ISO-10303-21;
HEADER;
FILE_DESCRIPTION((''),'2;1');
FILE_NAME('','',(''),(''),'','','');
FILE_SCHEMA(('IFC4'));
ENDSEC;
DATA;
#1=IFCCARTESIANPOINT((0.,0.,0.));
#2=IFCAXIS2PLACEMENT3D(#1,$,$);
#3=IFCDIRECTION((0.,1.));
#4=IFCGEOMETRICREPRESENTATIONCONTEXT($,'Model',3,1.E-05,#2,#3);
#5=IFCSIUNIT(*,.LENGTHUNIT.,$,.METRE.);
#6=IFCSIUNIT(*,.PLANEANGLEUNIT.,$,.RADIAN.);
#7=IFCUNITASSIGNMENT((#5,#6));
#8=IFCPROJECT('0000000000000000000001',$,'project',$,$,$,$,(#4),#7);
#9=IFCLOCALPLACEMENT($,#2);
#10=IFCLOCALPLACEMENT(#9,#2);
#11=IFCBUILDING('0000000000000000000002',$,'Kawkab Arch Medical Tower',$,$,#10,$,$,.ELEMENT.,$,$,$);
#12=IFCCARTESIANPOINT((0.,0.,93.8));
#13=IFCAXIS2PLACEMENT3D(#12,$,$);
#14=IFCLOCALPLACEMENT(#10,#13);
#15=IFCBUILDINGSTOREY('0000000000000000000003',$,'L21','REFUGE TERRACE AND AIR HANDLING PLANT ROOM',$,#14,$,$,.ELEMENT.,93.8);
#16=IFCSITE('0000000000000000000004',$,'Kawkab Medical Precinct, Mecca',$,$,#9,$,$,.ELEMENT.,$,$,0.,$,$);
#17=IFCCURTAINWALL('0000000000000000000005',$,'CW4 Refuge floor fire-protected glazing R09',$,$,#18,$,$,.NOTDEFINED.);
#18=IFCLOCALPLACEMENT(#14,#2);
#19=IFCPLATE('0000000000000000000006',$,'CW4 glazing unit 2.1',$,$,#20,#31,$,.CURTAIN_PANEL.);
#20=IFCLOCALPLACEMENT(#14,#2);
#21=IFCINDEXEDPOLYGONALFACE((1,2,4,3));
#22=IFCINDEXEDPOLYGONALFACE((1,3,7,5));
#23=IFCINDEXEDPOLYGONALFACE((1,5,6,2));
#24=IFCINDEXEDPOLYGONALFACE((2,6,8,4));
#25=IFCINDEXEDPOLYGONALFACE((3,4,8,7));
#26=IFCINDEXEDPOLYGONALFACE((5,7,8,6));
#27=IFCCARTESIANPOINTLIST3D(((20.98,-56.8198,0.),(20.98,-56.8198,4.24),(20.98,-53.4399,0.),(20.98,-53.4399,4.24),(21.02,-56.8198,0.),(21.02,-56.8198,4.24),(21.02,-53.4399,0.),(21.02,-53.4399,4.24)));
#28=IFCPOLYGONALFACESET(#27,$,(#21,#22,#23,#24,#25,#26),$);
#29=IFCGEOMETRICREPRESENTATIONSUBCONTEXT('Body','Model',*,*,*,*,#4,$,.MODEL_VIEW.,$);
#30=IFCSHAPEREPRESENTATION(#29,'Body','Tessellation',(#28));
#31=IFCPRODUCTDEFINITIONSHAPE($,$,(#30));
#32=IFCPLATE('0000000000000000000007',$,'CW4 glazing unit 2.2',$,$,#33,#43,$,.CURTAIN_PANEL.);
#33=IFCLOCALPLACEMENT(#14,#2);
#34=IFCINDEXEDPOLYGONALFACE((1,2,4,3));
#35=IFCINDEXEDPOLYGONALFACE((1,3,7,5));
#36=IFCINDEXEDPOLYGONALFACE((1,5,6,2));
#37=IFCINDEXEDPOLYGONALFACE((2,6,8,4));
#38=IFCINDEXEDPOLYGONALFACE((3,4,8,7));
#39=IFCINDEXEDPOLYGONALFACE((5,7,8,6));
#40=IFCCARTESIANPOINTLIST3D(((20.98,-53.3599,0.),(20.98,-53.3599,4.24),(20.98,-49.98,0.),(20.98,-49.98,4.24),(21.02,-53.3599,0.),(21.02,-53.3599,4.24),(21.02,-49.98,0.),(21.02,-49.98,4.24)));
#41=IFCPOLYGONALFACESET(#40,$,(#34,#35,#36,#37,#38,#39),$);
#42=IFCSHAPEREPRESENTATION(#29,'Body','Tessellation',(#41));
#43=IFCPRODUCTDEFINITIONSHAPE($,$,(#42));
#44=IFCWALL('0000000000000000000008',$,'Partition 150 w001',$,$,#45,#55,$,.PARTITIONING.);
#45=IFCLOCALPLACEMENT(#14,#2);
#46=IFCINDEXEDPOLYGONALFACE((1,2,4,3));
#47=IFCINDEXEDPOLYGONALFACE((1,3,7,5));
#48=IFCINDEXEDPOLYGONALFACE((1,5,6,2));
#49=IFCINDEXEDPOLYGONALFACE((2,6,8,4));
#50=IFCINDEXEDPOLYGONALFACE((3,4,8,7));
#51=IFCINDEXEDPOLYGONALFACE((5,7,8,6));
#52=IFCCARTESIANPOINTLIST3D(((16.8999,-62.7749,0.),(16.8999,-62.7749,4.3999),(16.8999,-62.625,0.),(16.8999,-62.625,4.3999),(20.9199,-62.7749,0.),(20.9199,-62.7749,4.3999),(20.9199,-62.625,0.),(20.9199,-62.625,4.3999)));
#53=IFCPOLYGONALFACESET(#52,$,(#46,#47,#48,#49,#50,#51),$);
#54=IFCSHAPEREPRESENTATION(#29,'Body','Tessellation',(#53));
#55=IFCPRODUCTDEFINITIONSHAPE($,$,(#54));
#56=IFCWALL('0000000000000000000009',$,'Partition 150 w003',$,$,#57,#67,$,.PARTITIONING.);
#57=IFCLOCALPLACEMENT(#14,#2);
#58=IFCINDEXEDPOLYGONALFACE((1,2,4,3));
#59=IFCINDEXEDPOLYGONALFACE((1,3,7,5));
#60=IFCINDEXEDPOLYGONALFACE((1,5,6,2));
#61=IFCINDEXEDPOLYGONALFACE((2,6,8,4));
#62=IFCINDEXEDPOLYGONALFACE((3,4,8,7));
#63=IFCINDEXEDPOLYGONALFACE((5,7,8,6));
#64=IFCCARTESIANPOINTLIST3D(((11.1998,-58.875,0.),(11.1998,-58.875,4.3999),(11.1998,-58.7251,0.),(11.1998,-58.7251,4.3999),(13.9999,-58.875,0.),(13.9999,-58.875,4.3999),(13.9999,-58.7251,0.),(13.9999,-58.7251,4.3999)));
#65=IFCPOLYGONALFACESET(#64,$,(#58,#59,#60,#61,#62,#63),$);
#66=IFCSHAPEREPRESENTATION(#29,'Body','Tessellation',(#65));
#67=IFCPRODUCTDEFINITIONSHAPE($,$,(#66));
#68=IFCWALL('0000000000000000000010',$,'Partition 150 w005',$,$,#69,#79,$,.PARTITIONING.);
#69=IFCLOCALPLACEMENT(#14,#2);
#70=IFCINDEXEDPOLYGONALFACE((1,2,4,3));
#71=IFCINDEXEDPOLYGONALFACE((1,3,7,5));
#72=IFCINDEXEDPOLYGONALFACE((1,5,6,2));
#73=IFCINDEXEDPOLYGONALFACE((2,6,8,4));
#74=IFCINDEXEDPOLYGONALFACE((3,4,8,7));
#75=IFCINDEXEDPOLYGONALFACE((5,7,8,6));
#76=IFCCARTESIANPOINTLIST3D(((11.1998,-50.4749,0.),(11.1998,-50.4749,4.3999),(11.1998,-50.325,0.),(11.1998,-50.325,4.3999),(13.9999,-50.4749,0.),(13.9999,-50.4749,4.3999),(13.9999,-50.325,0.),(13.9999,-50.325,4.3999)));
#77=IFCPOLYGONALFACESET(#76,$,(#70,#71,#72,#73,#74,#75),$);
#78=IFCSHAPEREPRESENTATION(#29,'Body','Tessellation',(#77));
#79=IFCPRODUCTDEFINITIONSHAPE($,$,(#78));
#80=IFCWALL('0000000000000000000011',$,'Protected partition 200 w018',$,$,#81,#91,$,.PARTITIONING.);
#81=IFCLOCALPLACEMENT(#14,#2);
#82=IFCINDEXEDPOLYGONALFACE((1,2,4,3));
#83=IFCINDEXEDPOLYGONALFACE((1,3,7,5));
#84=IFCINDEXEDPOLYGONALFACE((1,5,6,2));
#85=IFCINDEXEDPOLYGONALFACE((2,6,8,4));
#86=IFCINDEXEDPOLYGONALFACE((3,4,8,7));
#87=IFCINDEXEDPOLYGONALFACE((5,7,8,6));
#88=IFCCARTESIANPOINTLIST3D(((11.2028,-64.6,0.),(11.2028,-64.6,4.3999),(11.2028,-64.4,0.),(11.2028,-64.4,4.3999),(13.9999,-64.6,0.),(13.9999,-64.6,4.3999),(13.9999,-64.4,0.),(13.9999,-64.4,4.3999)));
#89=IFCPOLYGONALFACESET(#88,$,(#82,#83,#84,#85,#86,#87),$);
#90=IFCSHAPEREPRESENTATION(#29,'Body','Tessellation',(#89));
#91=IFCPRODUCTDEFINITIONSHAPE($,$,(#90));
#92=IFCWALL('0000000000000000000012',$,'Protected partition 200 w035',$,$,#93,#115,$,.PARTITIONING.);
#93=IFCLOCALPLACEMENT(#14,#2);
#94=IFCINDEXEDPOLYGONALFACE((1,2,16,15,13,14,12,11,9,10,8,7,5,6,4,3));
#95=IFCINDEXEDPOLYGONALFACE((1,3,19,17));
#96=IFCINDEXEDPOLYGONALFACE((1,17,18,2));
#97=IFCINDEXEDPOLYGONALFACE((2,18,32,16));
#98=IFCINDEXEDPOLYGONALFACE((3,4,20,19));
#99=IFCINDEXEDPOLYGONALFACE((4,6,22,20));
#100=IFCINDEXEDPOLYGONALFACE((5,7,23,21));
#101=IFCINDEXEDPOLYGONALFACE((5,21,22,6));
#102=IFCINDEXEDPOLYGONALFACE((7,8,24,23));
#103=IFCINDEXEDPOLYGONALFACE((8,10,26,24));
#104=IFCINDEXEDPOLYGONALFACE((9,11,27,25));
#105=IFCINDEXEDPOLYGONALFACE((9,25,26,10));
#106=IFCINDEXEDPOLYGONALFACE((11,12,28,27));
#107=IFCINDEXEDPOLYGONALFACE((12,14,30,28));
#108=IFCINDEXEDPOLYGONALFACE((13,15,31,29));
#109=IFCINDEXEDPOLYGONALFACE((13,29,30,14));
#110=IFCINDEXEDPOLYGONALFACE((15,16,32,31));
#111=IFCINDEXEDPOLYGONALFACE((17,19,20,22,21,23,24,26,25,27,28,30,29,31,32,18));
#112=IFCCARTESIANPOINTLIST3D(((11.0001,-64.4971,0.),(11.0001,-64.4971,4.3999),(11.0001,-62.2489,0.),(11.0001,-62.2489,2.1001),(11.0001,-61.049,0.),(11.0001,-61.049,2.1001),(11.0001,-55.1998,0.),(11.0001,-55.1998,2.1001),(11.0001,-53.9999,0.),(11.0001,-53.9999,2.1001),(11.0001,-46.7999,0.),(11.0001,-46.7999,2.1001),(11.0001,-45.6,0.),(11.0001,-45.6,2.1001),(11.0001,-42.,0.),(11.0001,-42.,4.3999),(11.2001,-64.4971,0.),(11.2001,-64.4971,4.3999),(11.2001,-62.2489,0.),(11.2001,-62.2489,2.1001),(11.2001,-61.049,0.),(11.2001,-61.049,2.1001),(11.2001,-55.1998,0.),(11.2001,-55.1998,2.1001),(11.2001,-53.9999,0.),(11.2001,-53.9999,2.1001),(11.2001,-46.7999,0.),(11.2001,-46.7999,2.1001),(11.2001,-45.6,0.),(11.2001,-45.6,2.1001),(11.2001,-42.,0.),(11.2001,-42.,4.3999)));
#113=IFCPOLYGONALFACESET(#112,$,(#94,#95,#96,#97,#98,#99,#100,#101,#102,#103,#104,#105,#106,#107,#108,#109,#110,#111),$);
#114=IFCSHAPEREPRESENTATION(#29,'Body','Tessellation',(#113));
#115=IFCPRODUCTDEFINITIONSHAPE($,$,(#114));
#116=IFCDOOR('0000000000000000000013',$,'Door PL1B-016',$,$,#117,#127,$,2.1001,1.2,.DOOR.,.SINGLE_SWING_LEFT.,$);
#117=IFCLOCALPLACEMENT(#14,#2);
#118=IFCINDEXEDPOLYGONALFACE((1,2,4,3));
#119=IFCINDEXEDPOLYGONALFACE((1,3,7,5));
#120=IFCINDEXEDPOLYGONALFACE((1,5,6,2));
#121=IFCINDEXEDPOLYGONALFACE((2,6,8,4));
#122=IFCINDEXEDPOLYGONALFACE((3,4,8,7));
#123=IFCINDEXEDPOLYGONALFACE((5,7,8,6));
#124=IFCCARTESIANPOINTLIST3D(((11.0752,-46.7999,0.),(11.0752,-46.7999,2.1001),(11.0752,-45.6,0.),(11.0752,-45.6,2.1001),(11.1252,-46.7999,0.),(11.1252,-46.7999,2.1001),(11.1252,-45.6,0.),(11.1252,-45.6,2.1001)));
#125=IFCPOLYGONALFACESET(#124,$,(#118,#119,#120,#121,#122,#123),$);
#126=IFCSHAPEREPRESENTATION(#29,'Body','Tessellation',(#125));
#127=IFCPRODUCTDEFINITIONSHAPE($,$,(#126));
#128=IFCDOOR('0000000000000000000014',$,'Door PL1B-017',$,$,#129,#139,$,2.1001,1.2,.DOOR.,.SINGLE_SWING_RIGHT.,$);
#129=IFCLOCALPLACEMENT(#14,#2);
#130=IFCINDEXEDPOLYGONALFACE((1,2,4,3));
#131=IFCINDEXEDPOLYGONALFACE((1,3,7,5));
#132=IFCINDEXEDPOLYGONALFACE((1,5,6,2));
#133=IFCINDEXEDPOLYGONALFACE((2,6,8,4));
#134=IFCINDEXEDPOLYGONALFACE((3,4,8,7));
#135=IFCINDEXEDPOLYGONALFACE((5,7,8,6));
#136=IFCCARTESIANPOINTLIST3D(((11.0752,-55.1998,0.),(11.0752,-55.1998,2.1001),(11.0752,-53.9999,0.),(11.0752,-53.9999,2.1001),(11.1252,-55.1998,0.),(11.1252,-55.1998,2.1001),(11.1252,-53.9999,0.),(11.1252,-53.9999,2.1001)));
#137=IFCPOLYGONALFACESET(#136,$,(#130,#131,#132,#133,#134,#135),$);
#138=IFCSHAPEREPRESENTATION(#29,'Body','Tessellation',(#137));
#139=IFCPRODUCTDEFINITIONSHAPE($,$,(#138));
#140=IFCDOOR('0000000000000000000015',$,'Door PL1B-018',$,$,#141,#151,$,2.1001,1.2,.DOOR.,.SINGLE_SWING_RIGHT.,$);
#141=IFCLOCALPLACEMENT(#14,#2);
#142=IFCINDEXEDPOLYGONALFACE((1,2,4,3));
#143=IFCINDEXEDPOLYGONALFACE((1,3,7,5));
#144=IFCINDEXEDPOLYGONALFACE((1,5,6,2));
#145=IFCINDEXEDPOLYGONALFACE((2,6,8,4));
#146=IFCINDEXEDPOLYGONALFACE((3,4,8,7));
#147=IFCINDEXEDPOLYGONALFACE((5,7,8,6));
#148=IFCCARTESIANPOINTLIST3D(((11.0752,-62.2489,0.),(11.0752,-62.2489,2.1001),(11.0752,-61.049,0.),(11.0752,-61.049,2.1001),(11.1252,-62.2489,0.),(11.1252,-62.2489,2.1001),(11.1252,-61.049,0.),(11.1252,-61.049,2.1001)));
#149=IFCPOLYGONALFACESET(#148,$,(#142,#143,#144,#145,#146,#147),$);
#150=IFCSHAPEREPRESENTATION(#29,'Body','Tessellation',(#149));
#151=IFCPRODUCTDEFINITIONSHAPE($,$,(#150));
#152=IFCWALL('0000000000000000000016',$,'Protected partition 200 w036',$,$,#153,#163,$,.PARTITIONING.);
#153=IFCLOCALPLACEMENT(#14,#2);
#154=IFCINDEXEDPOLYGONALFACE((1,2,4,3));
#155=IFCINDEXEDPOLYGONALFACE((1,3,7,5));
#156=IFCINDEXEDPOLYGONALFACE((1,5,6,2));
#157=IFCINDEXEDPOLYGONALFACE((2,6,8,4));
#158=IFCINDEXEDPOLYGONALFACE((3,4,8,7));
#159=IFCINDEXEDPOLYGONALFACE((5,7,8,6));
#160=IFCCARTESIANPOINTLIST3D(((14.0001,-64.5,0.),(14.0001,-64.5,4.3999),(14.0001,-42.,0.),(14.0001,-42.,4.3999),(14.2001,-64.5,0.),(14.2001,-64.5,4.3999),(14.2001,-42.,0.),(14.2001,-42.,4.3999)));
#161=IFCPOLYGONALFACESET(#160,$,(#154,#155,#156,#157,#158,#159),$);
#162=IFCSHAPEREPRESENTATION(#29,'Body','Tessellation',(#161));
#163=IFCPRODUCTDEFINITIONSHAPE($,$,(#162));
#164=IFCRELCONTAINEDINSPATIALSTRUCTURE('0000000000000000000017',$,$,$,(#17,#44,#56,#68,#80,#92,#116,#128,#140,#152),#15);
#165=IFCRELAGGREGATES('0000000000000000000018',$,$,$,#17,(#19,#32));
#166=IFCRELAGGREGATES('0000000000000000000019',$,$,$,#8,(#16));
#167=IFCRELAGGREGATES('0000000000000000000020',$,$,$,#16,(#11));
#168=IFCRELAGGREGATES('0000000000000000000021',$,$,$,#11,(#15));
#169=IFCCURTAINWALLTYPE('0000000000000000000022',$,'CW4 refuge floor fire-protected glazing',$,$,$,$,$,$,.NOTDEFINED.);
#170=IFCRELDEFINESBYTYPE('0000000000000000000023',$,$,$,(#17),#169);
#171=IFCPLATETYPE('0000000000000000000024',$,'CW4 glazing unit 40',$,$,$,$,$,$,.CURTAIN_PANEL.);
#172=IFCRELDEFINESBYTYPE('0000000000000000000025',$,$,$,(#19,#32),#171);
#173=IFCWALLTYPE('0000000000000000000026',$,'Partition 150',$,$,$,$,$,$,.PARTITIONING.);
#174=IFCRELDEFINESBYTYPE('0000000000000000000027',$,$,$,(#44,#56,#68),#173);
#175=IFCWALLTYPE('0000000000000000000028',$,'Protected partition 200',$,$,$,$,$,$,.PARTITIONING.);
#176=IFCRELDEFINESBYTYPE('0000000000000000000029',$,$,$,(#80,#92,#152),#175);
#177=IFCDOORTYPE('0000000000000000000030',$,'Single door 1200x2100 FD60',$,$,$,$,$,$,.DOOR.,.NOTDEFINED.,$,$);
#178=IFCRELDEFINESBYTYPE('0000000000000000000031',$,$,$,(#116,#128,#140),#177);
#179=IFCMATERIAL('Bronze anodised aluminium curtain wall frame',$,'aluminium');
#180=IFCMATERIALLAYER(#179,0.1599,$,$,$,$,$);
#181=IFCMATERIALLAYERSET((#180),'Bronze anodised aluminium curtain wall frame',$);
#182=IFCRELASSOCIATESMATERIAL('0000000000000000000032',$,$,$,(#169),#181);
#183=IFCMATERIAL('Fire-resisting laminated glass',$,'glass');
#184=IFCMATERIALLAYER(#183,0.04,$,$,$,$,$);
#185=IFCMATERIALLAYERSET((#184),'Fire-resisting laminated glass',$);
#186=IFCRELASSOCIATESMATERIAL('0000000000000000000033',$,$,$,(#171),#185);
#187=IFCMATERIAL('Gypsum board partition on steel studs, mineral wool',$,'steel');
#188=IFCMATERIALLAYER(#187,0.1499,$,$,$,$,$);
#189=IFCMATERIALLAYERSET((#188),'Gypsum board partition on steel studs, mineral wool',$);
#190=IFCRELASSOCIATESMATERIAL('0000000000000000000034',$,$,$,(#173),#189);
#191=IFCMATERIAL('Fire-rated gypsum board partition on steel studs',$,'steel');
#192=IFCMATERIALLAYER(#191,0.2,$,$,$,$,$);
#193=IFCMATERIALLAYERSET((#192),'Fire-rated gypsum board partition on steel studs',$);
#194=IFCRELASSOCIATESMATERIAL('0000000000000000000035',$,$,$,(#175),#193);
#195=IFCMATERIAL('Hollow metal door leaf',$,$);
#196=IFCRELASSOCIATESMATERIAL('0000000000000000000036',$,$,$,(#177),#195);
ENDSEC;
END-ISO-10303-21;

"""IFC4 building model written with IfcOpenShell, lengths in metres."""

from ifc_helpers import new_model, si_unit, direction, frame, frame_2d, origin, origin_2d, place, context, subcontext, project, spatial, rectangle, extrude, material, layer, layer_set, type_object, element, fill, aggregate, save


model = new_model("IFC4")

# Units and contexts
model_context = context("Model", 3, precision=1e-05, world=origin(), true_north=direction((0.0, 1.0)))
body_context = subcontext(model_context, "Body", "Model", "MODEL_VIEW")
ifc_project = project(units=[si_unit("LENGTHUNIT", "METRE"), si_unit("PLANEANGLEUNIT", "RADIAN")], contexts=[model_context])

# Site, building, storey
site_placement = place(None, origin())
site = spatial("IfcSite", under=ifc_project, at=site_placement, Name="Kawkab Medical Precinct, Mecca", CompositionType="ELEMENT", RefElevation=0.0)
building_placement = place(site_placement, origin())
building = spatial("IfcBuilding", under=site, at=building_placement, Name="Kawkab Arch Medical Tower", CompositionType="ELEMENT")
storey_placement = place(building_placement, frame((0.0, 0.0, 93.8)))
storey = spatial("IfcBuildingStorey", under=building, at=storey_placement, Name="L21", Description="REFUGE TERRACE AND AIR HANDLING PLANT ROOM", CompositionType="ELEMENT", Elevation=93.8)

# Curtain wall
ifc_material_1 = material(Name="Bronze anodised aluminium curtain wall frame", Category="aluminium")
ifc_layer_1 = layer(ifc_material_1, 0.1599)
ifc_layer_set_1 = layer_set([ifc_layer_1], Name="Bronze anodised aluminium curtain wall frame")
curtain_wall_type = type_object("IfcCurtainWallType", Name="CW4 refuge floor fire-protected glazing", PredefinedType="NOTDEFINED", material=ifc_layer_set_1)
placement = place(storey_placement, origin())
curtain_wall_1 = element("IfcCurtainWall", 1, at=placement, inside=storey, type_object=curtain_wall_type, Name="CW4 Refuge floor fire-protected glazing R09", PredefinedType="NOTDEFINED")

# Shared definitions
ifc_material_2 = material(Name="Fire-resisting laminated glass", Category="glass")
ifc_layer_2 = layer(ifc_material_2, 0.04)
ifc_layer_set_2 = layer_set([ifc_layer_2], Name="Fire-resisting laminated glass")
plate_type = type_object("IfcPlateType", Name="CW4 glazing unit 40", PredefinedType="CURTAIN_PANEL", material=ifc_layer_set_2)

# Plates
plate_1_placement = place(storey_placement, frame((21.0, -55.1299, 0.0), z_axis=(0.0, 0.0, 1.0), x_axis=(0.0, 1.0, 0.0)))
plate_1 = element("IfcPlate", 2, at=plate_1_placement, type_object=plate_type, Name="CW4 glazing unit 2.1", PredefinedType="CURTAIN_PANEL", context=body_context, shape_type="SweptSolid", body=[
    extrude(rectangle(XDim=3.3799, YDim=0.04, at=origin_2d()), origin(), (0.0, 0.0, 1.0), 4.24),
])
plate_2_placement = place(storey_placement, frame((21.0, -51.6699, 0.0), z_axis=(0.0, 0.0, 1.0), x_axis=(0.0, 1.0, 0.0)))
plate_2 = element("IfcPlate", 3, at=plate_2_placement, type_object=plate_type, Name="CW4 glazing unit 2.2", PredefinedType="CURTAIN_PANEL", context=body_context, shape_type="SweptSolid", body=[
    extrude(rectangle(XDim=3.3799, YDim=0.04, at=origin_2d()), origin(), (0.0, 0.0, 1.0), 4.24),
])
aggregate(curtain_wall_1, [plate_1, plate_2])

# Walls
ifc_material_3 = material(Name="Gypsum board partition on steel studs, mineral wool", Category="steel")
ifc_layer_3 = layer(ifc_material_3, 0.1499)
ifc_layer_set_3 = layer_set([ifc_layer_3], Name="Gypsum board partition on steel studs, mineral wool")
wall_type_1 = type_object("IfcWallType", Name="Partition 150", PredefinedType="PARTITIONING", material=ifc_layer_set_3)
wall_1_placement = place(storey_placement, frame((16.8999, -62.7, 0.0), z_axis=(0.0, 0.0, 1.0), x_axis=(1.0, 0.0, 0.0)))
element("IfcWall", 4, at=wall_1_placement, inside=storey, type_object=wall_type_1, Name="Partition 150 w001", PredefinedType="PARTITIONING", context=body_context, shape_type="SweptSolid", body=[
    extrude(rectangle(XDim=4.02, YDim=0.1499, at=frame_2d((2.01, 0.0))), origin(), (0.0, 0.0, 1.0), 4.3999),
])
for number, where, z_axis, x_axis, name in (
    (5, (11.2, -58.8, 0.0), (0.0, 0.0, 1.0), (1.0, 0.0, 0.0), "Partition 150 w003"),
    (6, (11.2, -50.3999, 0.0), (0.0, 0.0, 1.0), (1.0, 0.0, 0.0), "Partition 150 w005"),
):
    element("IfcWall", number, at=place(storey_placement, frame(where, z_axis=z_axis, x_axis=x_axis)), inside=storey, type_object=wall_type_1, Name=name, PredefinedType="PARTITIONING", context=body_context, shape_type="SweptSolid", body=[
        extrude(rectangle(XDim=2.8, YDim=0.1499, at=frame_2d((1.3999, 0.0))), origin(), (0.0, 0.0, 1.0), 4.3999),
    ])
ifc_material_4 = material(Name="Fire-rated gypsum board partition on steel studs", Category="steel")
ifc_layer_4 = layer(ifc_material_4, 0.2)
ifc_layer_set_4 = layer_set([ifc_layer_4], Name="Fire-rated gypsum board partition on steel studs")
wall_type_2 = type_object("IfcWallType", Name="Protected partition 200", PredefinedType="PARTITIONING", material=ifc_layer_set_4)
wall_2_placement = place(storey_placement, frame((11.2029, -64.5, 0.0), z_axis=(0.0, 0.0, 1.0), x_axis=(1.0, 0.0, 0.0)))
element("IfcWall", 7, at=wall_2_placement, inside=storey, type_object=wall_type_2, Name="Protected partition 200 w018", PredefinedType="PARTITIONING", context=body_context, shape_type="SweptSolid", body=[
    extrude(rectangle(XDim=2.7971, YDim=0.2, at=frame_2d((1.3984, 0.0))), origin(), (0.0, 0.0, 1.0), 4.3999),
])

# Wall, openings, doors
wall_3_placement = place(storey_placement, frame((11.1001, -64.4971, 0.0), z_axis=(0.0, 0.0, 1.0), x_axis=(0.0, 1.0, 0.0)))
wall_3 = element("IfcWall", 8, at=wall_3_placement, inside=storey, type_object=wall_type_2, Name="Protected partition 200 w035", PredefinedType="PARTITIONING", context=body_context, shape_type="SweptSolid", body=[
    extrude(rectangle(XDim=22.4971, YDim=0.2, at=frame_2d((11.2485, 0.0))), origin(), (0.0, 0.0, 1.0), 4.3999),
])
opening_1_placement = place(wall_3_placement, frame((17.697, 0.0, 0.0)))
opening_1 = element("IfcOpeningElement", 9, at=opening_1_placement, cuts=wall_3, PredefinedType="OPENING", context=body_context, shape_type="SweptSolid", body=[
    extrude(rectangle(XDim=1.2, YDim=2.1001, at=frame_2d((0.6001, 1.05))), frame((0.0, 0.1099, 0.0), z_axis=(0.0, -1.0, 0.0), x_axis=(1.0, 0.0, 0.0)), (0.0, 0.0, 1.0), 0.22),
])
opening_2_placement = place(wall_3_placement, frame((9.2971, 0.0, 0.0)))
opening_2 = element("IfcOpeningElement", 10, at=opening_2_placement, cuts=wall_3, PredefinedType="OPENING", context=body_context, shape_type="SweptSolid", body=[
    extrude(rectangle(XDim=1.2, YDim=2.1001, at=frame_2d((0.6001, 1.05))), frame((0.0, 0.1099, 0.0), z_axis=(0.0, -1.0, 0.0), x_axis=(1.0, 0.0, 0.0)), (0.0, 0.0, 1.0), 0.22),
])
opening_3_placement = place(wall_3_placement, frame((2.248, 0.0, 0.0)))
opening_3 = element("IfcOpeningElement", 11, at=opening_3_placement, cuts=wall_3, PredefinedType="OPENING", context=body_context, shape_type="SweptSolid", body=[
    extrude(rectangle(XDim=1.2, YDim=2.1001, at=frame_2d((0.6001, 1.05))), frame((0.0, 0.1099, 0.0), z_axis=(0.0, -1.0, 0.0), x_axis=(1.0, 0.0, 0.0)), (0.0, 0.0, 1.0), 0.22),
])
ifc_material_5 = material(Name="Hollow metal door leaf")
door_type_1 = type_object("IfcDoorType", Name="Single door 1200x2100 FD60", OperationType="NOTDEFINED", PredefinedType="DOOR", material=ifc_material_5)
door_1_placement = place(opening_1_placement, origin())
door_1 = element("IfcDoor", 12, at=door_1_placement, inside=storey, type_object=door_type_1, Name="Door PL1B-016", OperationType="SINGLE_SWING_LEFT", OverallHeight=2.1001, OverallWidth=1.2, PredefinedType="DOOR", context=body_context, shape_type="SweptSolid", body=[
    extrude(rectangle(XDim=1.2, YDim=2.1001, at=frame_2d((0.6001, 1.05))), frame((0.0, 0.0249, 0.0), z_axis=(0.0, -1.0, 0.0), x_axis=(1.0, 0.0, 0.0)), (0.0, 0.0, 1.0), 0.05),
])
fill(opening_1, door_1)
door_2_placement = place(opening_2_placement, origin())
door_2 = element("IfcDoor", 13, at=door_2_placement, inside=storey, type_object=door_type_1, Name="Door PL1B-017", OperationType="SINGLE_SWING_RIGHT", OverallHeight=2.1001, OverallWidth=1.2, PredefinedType="DOOR", context=body_context, shape_type="SweptSolid", body=[
    extrude(rectangle(XDim=1.2, YDim=2.1001, at=frame_2d((0.6001, 1.05))), frame((0.0, 0.0249, 0.0), z_axis=(0.0, -1.0, 0.0), x_axis=(1.0, 0.0, 0.0)), (0.0, 0.0, 1.0), 0.05),
])
fill(opening_2, door_2)
door_3_placement = place(opening_3_placement, origin())
door_3 = element("IfcDoor", 14, at=door_3_placement, inside=storey, type_object=door_type_1, Name="Door PL1B-018", OperationType="SINGLE_SWING_RIGHT", OverallHeight=2.1001, OverallWidth=1.2, PredefinedType="DOOR", context=body_context, shape_type="SweptSolid", body=[
    extrude(rectangle(XDim=1.2, YDim=2.1001, at=frame_2d((0.6001, 1.05))), frame((0.0, 0.0249, 0.0), z_axis=(0.0, -1.0, 0.0), x_axis=(1.0, 0.0, 0.0)), (0.0, 0.0, 1.0), 0.05),
])
fill(opening_3, door_3)

# Wall
wall_4_placement = place(storey_placement, frame((14.1001, -64.5, 0.0), z_axis=(0.0, 0.0, 1.0), x_axis=(0.0, 1.0, 0.0)))
element("IfcWall", 15, at=wall_4_placement, inside=storey, type_object=wall_type_2, Name="Protected partition 200 w036", PredefinedType="PARTITIONING", context=body_context, shape_type="SweptSolid", body=[
    extrude(rectangle(XDim=22.5, YDim=0.2, at=frame_2d((11.25, 0.0))), origin(), (0.0, 0.0, 1.0), 4.3999),
])

save(model, "model.ifc")
